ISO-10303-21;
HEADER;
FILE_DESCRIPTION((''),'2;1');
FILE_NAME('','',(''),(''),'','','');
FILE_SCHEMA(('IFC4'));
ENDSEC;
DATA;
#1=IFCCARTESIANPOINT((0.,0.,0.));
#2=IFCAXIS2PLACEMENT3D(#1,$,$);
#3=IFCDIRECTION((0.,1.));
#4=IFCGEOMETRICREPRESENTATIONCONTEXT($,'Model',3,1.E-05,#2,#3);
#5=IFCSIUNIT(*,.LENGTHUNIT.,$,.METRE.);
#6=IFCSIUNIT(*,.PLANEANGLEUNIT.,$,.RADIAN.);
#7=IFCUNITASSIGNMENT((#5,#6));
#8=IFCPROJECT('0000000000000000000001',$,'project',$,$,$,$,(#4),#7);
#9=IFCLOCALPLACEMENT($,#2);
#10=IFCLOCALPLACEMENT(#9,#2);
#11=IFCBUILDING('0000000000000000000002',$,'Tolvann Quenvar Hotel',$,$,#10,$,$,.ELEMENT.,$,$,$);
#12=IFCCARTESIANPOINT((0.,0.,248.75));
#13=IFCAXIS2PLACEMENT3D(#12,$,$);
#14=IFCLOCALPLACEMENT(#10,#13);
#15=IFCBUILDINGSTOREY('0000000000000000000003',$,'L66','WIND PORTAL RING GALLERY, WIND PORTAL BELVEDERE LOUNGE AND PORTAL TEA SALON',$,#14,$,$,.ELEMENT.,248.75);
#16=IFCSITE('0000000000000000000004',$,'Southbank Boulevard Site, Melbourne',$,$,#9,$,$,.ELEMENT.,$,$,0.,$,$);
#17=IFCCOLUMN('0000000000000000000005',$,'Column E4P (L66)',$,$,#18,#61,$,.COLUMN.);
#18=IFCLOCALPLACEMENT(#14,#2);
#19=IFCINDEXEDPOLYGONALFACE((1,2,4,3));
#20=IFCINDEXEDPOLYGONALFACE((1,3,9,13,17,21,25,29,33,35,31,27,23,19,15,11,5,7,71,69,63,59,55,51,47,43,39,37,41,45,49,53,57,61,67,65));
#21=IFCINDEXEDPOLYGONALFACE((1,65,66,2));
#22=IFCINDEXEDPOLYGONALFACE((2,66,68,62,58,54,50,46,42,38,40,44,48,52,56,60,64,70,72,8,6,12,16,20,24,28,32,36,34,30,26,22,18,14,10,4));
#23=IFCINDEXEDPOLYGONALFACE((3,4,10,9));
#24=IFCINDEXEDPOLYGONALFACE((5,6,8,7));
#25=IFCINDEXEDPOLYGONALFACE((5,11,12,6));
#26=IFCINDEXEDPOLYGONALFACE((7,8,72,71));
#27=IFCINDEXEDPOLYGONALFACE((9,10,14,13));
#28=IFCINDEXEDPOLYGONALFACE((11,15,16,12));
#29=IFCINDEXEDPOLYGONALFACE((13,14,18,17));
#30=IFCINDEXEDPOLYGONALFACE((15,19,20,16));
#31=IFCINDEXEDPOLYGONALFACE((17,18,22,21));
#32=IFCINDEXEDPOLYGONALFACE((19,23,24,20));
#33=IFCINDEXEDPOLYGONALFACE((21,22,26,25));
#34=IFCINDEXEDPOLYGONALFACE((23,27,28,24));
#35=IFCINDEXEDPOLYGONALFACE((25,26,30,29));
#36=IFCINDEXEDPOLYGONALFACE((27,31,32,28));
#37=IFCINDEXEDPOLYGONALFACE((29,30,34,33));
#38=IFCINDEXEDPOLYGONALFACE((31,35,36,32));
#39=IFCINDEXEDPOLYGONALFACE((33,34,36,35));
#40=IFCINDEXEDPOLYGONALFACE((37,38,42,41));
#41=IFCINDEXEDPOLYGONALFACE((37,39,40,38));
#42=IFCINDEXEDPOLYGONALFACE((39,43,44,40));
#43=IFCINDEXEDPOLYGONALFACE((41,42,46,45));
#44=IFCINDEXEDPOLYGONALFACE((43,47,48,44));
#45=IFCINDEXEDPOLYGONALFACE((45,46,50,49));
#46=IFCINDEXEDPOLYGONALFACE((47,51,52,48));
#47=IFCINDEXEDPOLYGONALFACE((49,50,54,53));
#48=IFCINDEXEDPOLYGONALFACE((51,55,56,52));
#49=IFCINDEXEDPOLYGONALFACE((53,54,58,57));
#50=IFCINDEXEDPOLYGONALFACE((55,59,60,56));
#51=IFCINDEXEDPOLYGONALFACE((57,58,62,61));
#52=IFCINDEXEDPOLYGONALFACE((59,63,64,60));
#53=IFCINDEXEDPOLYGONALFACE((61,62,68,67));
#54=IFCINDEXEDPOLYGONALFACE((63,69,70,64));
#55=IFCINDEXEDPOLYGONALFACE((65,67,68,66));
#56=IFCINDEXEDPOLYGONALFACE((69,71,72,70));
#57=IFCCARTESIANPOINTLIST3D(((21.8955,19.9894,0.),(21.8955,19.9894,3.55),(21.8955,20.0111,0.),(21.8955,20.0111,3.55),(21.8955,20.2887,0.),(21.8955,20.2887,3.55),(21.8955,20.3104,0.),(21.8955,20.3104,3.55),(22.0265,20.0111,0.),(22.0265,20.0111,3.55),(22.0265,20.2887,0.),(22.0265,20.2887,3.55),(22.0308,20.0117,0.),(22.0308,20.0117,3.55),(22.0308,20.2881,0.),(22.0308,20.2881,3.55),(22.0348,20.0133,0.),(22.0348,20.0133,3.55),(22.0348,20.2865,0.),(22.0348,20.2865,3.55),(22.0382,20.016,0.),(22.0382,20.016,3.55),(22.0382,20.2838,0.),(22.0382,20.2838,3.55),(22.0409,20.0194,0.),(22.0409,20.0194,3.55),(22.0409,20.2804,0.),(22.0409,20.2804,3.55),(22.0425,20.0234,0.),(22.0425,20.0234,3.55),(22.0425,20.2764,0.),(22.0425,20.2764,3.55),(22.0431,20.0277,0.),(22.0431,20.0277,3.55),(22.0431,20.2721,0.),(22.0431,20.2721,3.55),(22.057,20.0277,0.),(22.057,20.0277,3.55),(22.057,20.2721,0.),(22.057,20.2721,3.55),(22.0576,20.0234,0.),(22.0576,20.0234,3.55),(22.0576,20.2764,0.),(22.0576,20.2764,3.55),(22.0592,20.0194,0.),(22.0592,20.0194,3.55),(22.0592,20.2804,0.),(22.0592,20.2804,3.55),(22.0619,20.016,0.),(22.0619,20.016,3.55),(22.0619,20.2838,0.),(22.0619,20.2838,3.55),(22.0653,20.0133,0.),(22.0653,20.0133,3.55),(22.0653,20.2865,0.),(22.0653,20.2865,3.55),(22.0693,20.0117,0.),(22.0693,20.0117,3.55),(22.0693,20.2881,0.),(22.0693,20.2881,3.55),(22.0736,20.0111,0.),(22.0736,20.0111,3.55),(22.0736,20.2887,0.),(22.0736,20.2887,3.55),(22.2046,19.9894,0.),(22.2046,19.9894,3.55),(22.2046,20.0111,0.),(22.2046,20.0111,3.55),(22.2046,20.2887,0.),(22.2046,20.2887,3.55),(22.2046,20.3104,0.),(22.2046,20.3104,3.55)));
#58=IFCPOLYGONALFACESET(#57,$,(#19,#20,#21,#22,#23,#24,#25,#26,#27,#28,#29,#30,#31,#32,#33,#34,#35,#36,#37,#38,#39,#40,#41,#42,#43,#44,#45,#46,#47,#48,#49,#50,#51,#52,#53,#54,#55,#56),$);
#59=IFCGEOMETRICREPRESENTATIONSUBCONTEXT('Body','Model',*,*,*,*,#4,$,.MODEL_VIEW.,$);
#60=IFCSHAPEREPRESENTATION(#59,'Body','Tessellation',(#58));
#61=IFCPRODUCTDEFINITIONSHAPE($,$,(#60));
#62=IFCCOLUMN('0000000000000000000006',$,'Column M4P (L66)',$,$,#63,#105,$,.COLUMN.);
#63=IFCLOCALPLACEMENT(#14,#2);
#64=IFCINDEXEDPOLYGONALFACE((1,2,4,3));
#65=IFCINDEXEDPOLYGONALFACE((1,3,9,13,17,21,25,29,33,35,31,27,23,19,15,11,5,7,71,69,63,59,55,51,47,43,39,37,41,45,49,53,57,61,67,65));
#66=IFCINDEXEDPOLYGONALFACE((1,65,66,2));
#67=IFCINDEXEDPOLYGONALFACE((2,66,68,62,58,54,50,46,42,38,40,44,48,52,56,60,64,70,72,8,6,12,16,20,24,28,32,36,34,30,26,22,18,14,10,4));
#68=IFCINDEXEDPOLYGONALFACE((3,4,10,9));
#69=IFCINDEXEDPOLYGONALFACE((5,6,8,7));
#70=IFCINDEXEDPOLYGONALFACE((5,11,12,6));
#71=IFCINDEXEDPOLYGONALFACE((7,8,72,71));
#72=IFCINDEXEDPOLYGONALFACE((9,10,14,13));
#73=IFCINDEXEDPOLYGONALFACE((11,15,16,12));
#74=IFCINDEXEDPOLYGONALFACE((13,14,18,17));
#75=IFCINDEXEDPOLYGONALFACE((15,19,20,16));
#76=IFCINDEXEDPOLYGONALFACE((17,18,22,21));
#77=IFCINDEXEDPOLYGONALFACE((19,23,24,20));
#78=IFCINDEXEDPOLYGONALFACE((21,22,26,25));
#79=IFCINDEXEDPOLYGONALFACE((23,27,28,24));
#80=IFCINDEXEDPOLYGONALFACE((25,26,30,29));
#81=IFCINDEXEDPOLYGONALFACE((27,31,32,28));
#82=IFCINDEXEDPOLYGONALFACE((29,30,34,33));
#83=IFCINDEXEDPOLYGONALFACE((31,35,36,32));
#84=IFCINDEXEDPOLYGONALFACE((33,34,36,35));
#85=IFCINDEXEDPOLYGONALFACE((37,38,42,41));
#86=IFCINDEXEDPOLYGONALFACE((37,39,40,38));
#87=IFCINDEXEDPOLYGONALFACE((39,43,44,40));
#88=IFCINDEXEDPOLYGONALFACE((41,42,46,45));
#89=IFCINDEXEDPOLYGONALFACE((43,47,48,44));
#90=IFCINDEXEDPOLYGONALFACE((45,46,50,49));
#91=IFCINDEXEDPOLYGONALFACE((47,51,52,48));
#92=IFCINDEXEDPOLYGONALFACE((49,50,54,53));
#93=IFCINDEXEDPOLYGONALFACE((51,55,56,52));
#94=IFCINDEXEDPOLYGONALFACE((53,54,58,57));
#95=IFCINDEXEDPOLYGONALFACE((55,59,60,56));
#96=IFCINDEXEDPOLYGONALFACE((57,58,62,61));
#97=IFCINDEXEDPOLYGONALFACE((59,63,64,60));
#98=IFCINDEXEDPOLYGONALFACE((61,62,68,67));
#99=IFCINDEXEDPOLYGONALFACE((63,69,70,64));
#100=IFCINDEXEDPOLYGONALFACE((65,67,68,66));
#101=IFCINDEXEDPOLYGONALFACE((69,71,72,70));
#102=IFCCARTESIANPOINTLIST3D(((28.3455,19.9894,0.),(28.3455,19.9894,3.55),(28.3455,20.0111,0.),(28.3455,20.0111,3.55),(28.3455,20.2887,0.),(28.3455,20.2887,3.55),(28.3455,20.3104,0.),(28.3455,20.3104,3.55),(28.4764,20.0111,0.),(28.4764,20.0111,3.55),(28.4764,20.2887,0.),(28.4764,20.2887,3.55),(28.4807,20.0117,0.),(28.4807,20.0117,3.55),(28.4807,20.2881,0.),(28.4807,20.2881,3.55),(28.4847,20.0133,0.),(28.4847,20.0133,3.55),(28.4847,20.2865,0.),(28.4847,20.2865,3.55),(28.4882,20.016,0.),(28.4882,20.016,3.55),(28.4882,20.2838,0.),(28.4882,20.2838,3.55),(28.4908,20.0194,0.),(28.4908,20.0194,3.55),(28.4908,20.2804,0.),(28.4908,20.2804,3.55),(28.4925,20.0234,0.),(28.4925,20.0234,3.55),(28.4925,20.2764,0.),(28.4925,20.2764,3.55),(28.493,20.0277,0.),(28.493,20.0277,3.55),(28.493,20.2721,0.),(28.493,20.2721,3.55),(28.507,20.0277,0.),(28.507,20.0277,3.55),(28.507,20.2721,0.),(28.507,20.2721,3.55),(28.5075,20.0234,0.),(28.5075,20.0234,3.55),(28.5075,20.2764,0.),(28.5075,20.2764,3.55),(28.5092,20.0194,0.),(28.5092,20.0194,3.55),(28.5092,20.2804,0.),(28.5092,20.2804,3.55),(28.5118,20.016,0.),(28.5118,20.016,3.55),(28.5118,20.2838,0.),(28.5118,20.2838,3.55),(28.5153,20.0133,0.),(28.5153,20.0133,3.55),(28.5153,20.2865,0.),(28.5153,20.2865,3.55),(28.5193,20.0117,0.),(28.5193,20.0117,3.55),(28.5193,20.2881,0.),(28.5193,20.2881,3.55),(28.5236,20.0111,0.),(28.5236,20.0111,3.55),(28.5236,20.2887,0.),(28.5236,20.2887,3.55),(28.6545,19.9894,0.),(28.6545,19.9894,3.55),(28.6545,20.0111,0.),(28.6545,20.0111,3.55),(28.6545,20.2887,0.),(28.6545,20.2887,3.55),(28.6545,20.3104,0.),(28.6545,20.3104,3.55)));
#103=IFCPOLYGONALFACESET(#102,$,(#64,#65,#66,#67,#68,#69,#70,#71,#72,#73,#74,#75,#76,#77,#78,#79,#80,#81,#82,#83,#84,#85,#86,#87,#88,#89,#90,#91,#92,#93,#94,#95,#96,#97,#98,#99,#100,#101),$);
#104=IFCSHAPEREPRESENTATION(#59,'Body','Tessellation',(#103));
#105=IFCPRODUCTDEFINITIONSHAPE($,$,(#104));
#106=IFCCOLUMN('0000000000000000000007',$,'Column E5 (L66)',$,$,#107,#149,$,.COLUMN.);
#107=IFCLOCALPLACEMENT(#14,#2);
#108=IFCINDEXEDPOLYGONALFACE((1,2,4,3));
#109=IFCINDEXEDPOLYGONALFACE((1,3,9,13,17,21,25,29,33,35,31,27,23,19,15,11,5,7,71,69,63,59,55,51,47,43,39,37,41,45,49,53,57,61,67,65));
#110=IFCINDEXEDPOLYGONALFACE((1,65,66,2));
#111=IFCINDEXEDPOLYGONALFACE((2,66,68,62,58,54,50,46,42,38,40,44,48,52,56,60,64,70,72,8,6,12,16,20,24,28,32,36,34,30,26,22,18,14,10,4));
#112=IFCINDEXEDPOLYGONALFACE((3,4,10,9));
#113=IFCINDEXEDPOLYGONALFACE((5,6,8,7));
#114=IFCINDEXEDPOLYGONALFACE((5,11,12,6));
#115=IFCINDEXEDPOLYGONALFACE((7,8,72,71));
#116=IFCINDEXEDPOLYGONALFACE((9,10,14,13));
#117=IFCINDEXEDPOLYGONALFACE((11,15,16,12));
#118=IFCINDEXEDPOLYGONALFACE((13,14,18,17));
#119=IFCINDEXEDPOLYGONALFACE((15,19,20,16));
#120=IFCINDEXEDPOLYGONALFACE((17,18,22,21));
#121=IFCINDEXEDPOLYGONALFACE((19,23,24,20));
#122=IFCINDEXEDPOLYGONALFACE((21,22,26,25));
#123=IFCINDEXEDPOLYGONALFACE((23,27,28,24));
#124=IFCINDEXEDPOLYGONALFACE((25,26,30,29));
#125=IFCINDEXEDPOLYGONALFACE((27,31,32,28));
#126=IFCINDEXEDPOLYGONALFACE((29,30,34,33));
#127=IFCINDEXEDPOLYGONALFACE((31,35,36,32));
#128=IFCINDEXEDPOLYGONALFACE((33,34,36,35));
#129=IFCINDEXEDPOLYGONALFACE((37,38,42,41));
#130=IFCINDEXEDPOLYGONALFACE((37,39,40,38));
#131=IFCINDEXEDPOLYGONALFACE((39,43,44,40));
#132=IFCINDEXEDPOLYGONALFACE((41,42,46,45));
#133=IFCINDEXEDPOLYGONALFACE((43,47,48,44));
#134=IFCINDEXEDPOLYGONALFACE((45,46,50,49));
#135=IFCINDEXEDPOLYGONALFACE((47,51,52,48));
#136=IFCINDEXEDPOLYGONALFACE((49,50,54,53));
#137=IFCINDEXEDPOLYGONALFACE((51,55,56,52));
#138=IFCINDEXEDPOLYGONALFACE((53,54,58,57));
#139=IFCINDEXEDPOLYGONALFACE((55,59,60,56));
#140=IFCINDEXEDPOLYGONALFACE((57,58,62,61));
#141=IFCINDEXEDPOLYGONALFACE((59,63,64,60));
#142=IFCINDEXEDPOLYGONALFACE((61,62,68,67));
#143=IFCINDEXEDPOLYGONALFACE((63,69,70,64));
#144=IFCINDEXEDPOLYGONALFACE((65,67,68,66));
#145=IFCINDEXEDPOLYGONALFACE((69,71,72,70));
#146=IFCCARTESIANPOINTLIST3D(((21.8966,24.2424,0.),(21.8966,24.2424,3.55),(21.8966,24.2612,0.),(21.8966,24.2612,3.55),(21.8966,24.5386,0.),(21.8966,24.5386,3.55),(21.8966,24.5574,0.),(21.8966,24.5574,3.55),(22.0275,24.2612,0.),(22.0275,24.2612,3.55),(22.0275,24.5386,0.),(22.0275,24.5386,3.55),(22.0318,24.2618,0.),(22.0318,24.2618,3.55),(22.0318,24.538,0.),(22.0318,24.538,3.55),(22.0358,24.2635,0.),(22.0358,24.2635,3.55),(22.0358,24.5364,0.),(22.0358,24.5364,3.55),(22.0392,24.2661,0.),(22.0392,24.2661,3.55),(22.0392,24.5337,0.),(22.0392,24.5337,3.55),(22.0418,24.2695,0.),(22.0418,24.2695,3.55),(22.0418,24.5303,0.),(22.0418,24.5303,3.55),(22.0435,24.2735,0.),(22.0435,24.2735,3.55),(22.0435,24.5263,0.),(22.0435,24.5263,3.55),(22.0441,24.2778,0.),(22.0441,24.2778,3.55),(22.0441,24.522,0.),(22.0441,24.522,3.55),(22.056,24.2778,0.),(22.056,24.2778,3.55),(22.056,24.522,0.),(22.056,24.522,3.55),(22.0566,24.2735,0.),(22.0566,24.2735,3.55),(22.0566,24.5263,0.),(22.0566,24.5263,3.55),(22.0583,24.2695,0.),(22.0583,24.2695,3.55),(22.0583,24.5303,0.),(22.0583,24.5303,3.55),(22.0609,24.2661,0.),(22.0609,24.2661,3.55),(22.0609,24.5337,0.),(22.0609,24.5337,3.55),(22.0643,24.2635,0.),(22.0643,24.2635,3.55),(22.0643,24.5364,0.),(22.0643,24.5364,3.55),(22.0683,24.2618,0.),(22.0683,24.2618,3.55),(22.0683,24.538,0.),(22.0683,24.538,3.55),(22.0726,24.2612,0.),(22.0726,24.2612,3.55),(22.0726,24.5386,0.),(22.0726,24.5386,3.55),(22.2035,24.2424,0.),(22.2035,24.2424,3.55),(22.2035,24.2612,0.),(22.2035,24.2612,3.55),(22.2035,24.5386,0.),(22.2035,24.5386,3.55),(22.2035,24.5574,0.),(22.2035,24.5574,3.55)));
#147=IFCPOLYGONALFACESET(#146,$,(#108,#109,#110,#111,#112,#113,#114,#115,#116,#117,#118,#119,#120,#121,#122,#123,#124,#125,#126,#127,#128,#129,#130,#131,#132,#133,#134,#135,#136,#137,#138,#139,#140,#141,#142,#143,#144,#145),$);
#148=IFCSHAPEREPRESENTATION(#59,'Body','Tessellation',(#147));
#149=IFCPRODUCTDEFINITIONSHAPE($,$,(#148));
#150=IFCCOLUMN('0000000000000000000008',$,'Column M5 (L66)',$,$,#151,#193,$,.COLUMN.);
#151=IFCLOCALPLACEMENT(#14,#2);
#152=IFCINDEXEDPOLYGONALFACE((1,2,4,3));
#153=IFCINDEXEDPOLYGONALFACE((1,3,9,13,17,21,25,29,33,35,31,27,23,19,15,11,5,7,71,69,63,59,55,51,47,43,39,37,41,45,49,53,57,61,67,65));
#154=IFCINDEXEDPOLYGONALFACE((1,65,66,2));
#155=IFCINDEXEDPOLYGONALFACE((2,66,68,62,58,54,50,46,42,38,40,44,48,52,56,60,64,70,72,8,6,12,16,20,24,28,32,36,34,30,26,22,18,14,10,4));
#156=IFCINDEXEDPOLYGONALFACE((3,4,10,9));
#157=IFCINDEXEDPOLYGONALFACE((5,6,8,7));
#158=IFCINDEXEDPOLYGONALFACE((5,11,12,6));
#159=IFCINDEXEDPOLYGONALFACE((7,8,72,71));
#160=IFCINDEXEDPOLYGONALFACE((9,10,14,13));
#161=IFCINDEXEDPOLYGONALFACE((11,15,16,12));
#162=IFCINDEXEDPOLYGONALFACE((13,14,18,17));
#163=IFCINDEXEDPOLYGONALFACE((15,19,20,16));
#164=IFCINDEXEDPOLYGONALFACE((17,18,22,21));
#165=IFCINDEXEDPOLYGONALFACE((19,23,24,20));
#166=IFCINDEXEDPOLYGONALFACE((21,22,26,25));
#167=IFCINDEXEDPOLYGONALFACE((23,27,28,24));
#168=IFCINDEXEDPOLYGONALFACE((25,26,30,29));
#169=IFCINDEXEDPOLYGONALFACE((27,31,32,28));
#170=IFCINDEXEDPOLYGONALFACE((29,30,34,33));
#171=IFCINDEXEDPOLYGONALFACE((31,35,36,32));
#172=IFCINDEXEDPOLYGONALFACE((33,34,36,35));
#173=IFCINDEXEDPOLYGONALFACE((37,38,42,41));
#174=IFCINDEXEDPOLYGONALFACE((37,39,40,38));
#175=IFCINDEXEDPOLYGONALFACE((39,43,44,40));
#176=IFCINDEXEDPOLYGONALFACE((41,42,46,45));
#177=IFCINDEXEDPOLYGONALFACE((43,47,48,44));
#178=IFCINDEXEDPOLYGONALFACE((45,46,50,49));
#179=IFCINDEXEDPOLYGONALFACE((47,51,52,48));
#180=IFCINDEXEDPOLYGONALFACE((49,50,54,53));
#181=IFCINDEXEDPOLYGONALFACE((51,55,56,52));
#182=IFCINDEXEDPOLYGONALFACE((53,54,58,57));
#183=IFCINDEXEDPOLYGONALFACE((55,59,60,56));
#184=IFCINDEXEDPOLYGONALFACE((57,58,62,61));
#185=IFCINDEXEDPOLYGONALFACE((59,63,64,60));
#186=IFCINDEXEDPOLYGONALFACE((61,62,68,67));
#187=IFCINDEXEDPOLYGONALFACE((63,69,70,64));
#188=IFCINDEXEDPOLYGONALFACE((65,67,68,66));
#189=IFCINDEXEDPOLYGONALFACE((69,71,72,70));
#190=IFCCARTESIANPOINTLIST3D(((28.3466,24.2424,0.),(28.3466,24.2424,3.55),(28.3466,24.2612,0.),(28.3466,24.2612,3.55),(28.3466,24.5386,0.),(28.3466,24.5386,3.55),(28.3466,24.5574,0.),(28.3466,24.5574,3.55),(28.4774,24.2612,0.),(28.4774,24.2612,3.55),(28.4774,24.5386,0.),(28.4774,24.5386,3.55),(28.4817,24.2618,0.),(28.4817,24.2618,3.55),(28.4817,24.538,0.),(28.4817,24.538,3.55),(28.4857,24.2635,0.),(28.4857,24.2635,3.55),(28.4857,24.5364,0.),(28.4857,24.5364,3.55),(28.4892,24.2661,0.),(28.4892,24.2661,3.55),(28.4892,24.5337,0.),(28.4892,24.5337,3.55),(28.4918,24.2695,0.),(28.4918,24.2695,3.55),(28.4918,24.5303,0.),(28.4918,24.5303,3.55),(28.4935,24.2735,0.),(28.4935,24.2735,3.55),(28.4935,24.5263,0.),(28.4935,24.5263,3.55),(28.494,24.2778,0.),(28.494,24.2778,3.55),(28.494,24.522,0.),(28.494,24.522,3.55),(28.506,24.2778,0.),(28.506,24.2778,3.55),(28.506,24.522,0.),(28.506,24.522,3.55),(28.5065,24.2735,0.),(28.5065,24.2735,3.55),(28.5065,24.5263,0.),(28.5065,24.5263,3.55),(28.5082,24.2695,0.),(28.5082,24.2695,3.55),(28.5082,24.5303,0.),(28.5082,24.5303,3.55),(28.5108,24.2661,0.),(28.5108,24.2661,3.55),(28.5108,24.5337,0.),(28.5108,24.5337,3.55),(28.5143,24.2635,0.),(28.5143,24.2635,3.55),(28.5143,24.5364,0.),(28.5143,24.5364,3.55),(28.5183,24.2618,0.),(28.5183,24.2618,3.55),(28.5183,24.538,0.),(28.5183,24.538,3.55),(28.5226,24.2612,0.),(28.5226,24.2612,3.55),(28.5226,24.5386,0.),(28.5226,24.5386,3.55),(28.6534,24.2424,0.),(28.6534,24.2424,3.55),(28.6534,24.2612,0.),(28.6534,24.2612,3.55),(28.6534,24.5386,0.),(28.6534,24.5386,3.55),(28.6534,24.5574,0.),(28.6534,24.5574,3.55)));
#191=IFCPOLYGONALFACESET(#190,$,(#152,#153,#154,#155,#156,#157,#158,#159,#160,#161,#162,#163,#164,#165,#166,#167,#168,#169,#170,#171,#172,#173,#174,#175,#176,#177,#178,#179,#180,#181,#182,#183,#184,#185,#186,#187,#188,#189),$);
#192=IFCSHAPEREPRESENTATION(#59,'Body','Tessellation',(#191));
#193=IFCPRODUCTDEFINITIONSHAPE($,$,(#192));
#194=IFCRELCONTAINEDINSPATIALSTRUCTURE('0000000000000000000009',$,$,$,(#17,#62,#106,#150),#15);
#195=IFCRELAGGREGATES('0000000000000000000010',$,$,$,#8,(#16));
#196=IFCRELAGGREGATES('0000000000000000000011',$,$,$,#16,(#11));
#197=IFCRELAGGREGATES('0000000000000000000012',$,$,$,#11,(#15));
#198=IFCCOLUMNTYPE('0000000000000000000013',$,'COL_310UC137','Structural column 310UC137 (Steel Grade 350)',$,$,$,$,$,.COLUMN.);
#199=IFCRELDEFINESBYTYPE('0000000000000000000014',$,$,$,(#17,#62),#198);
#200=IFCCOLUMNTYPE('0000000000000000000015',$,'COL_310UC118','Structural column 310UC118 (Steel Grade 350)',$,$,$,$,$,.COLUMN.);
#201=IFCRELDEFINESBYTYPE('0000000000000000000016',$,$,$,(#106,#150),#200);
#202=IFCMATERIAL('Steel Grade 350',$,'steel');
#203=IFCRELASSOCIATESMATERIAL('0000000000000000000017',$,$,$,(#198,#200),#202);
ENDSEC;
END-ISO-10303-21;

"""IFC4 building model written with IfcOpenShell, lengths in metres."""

from ifc_helpers import new_model, si_unit, direction, frame, origin, origin_2d, place, context, subcontext, project, spatial, i_section, extrude, source, transform, mapped, material, material_profile, profile_set, type_object, type_shapes, element, save


model = new_model("IFC4")

# Units and contexts
model_context = context("Model", 3, precision=1e-05, world=origin(), true_north=direction((0.0, 1.0)))
body_context = subcontext(model_context, "Body", "Model", "MODEL_VIEW")
ifc_project = project(units=[si_unit("LENGTHUNIT", "METRE"), si_unit("PLANEANGLEUNIT", "RADIAN")], contexts=[model_context])

# Site, building, storey
site_placement = place(None, origin())
site = spatial("IfcSite", under=ifc_project, at=site_placement, Name="Southbank Boulevard Site, Melbourne", CompositionType="ELEMENT", RefElevation=0.0)
building_placement = place(site_placement, origin())
building = spatial("IfcBuilding", under=site, at=building_placement, Name="Tolvann Quenvar Hotel", CompositionType="ELEMENT")
storey_placement = place(building_placement, frame((0.0, 0.0, 248.75)))
storey = spatial("IfcBuildingStorey", under=building, at=storey_placement, Name="L66", Description="WIND PORTAL RING GALLERY, WIND PORTAL BELVEDERE LOUNGE AND PORTAL TEA SALON", CompositionType="ELEMENT", Elevation=248.75)

# Columns
ifc_material_1 = material(Name="Steel Grade 350", Category="steel")
ifc_material_profile_1 = material_profile(ifc_material_1, i_section(OverallWidth=0.3091, OverallDepth=0.321, WebThickness=0.0139, FlangeThickness=0.0217, FilletRadius=0.0166, at=origin_2d()), Name="310UC137")
ifc_profile_set_1 = profile_set([ifc_material_profile_1], Name="Steel Grade 350")
column_type_1 = type_object("IfcColumnType", Name="COL_310UC137", Description="Structural column 310UC137 (Steel Grade 350)", PredefinedType="COLUMN", material=ifc_profile_set_1)
shared_shape_1 = source(origin(), body_context, "Body", "SweptSolid", [
    extrude(i_section(OverallWidth=0.3091, OverallDepth=0.321, WebThickness=0.0139, FlangeThickness=0.0217, FilletRadius=0.0166, at=origin_2d()), origin(), (0.0, 0.0, 1.0), 3.55),
])
type_shapes(column_type_1, [shared_shape_1])
for number, where, z_axis, x_axis, name in (
    (1, (22.05, 20.1499, 0.0), (0.0, 0.0, 1.0), (1.0, 0.0, 0.0), "Column E4P (L66)"),
    (2, (28.5, 20.1499, 0.0), (0.0, 0.0, 1.0), (1.0, 0.0, 0.0), "Column M4P (L66)"),
):
    element("IfcColumn", number, at=place(storey_placement, frame(where, z_axis=z_axis, x_axis=x_axis)), inside=storey, type_object=column_type_1, Name=name, PredefinedType="COLUMN", context=body_context, shape_type="MappedRepresentation", body=[
        mapped(shared_shape_1, transform((0.0, 0.0, 0.0), x_axis=(1.0, 0.0, 0.0), y_axis=(0.0, 1.0, 0.0), z_axis=(0.0, 0.0, 1.0), scale=1.0)),
    ])
ifc_material_profile_2 = material_profile(ifc_material_1, i_section(OverallWidth=0.3069, OverallDepth=0.3149, WebThickness=0.012, FlangeThickness=0.0188, FilletRadius=0.0166, at=origin_2d()), Name="310UC118")
ifc_profile_set_2 = profile_set([ifc_material_profile_2], Name="Steel Grade 350")
column_type_2 = type_object("IfcColumnType", Name="COL_310UC118", Description="Structural column 310UC118 (Steel Grade 350)", PredefinedType="COLUMN", material=ifc_profile_set_2)
shared_shape_2 = source(origin(), body_context, "Body", "SweptSolid", [
    extrude(i_section(OverallWidth=0.3069, OverallDepth=0.3149, WebThickness=0.012, FlangeThickness=0.0188, FilletRadius=0.0166, at=origin_2d()), origin(), (0.0, 0.0, 1.0), 3.55),
])
type_shapes(column_type_2, [shared_shape_2])
for number, where, z_axis, x_axis, name in (
    (3, (22.05, 24.3999, 0.0), (0.0, 0.0, 1.0), (1.0, 0.0, 0.0), "Column E5 (L66)"),
    (4, (28.5, 24.3999, 0.0), (0.0, 0.0, 1.0), (1.0, 0.0, 0.0), "Column M5 (L66)"),
):
    element("IfcColumn", number, at=place(storey_placement, frame(where, z_axis=z_axis, x_axis=x_axis)), inside=storey, type_object=column_type_2, Name=name, PredefinedType="COLUMN", context=body_context, shape_type="MappedRepresentation", body=[
        mapped(shared_shape_2, transform((0.0, 0.0, 0.0), x_axis=(1.0, 0.0, 0.0), y_axis=(0.0, 1.0, 0.0), z_axis=(0.0, 0.0, 1.0), scale=1.0)),
    ])

save(model, "model.ifc")
